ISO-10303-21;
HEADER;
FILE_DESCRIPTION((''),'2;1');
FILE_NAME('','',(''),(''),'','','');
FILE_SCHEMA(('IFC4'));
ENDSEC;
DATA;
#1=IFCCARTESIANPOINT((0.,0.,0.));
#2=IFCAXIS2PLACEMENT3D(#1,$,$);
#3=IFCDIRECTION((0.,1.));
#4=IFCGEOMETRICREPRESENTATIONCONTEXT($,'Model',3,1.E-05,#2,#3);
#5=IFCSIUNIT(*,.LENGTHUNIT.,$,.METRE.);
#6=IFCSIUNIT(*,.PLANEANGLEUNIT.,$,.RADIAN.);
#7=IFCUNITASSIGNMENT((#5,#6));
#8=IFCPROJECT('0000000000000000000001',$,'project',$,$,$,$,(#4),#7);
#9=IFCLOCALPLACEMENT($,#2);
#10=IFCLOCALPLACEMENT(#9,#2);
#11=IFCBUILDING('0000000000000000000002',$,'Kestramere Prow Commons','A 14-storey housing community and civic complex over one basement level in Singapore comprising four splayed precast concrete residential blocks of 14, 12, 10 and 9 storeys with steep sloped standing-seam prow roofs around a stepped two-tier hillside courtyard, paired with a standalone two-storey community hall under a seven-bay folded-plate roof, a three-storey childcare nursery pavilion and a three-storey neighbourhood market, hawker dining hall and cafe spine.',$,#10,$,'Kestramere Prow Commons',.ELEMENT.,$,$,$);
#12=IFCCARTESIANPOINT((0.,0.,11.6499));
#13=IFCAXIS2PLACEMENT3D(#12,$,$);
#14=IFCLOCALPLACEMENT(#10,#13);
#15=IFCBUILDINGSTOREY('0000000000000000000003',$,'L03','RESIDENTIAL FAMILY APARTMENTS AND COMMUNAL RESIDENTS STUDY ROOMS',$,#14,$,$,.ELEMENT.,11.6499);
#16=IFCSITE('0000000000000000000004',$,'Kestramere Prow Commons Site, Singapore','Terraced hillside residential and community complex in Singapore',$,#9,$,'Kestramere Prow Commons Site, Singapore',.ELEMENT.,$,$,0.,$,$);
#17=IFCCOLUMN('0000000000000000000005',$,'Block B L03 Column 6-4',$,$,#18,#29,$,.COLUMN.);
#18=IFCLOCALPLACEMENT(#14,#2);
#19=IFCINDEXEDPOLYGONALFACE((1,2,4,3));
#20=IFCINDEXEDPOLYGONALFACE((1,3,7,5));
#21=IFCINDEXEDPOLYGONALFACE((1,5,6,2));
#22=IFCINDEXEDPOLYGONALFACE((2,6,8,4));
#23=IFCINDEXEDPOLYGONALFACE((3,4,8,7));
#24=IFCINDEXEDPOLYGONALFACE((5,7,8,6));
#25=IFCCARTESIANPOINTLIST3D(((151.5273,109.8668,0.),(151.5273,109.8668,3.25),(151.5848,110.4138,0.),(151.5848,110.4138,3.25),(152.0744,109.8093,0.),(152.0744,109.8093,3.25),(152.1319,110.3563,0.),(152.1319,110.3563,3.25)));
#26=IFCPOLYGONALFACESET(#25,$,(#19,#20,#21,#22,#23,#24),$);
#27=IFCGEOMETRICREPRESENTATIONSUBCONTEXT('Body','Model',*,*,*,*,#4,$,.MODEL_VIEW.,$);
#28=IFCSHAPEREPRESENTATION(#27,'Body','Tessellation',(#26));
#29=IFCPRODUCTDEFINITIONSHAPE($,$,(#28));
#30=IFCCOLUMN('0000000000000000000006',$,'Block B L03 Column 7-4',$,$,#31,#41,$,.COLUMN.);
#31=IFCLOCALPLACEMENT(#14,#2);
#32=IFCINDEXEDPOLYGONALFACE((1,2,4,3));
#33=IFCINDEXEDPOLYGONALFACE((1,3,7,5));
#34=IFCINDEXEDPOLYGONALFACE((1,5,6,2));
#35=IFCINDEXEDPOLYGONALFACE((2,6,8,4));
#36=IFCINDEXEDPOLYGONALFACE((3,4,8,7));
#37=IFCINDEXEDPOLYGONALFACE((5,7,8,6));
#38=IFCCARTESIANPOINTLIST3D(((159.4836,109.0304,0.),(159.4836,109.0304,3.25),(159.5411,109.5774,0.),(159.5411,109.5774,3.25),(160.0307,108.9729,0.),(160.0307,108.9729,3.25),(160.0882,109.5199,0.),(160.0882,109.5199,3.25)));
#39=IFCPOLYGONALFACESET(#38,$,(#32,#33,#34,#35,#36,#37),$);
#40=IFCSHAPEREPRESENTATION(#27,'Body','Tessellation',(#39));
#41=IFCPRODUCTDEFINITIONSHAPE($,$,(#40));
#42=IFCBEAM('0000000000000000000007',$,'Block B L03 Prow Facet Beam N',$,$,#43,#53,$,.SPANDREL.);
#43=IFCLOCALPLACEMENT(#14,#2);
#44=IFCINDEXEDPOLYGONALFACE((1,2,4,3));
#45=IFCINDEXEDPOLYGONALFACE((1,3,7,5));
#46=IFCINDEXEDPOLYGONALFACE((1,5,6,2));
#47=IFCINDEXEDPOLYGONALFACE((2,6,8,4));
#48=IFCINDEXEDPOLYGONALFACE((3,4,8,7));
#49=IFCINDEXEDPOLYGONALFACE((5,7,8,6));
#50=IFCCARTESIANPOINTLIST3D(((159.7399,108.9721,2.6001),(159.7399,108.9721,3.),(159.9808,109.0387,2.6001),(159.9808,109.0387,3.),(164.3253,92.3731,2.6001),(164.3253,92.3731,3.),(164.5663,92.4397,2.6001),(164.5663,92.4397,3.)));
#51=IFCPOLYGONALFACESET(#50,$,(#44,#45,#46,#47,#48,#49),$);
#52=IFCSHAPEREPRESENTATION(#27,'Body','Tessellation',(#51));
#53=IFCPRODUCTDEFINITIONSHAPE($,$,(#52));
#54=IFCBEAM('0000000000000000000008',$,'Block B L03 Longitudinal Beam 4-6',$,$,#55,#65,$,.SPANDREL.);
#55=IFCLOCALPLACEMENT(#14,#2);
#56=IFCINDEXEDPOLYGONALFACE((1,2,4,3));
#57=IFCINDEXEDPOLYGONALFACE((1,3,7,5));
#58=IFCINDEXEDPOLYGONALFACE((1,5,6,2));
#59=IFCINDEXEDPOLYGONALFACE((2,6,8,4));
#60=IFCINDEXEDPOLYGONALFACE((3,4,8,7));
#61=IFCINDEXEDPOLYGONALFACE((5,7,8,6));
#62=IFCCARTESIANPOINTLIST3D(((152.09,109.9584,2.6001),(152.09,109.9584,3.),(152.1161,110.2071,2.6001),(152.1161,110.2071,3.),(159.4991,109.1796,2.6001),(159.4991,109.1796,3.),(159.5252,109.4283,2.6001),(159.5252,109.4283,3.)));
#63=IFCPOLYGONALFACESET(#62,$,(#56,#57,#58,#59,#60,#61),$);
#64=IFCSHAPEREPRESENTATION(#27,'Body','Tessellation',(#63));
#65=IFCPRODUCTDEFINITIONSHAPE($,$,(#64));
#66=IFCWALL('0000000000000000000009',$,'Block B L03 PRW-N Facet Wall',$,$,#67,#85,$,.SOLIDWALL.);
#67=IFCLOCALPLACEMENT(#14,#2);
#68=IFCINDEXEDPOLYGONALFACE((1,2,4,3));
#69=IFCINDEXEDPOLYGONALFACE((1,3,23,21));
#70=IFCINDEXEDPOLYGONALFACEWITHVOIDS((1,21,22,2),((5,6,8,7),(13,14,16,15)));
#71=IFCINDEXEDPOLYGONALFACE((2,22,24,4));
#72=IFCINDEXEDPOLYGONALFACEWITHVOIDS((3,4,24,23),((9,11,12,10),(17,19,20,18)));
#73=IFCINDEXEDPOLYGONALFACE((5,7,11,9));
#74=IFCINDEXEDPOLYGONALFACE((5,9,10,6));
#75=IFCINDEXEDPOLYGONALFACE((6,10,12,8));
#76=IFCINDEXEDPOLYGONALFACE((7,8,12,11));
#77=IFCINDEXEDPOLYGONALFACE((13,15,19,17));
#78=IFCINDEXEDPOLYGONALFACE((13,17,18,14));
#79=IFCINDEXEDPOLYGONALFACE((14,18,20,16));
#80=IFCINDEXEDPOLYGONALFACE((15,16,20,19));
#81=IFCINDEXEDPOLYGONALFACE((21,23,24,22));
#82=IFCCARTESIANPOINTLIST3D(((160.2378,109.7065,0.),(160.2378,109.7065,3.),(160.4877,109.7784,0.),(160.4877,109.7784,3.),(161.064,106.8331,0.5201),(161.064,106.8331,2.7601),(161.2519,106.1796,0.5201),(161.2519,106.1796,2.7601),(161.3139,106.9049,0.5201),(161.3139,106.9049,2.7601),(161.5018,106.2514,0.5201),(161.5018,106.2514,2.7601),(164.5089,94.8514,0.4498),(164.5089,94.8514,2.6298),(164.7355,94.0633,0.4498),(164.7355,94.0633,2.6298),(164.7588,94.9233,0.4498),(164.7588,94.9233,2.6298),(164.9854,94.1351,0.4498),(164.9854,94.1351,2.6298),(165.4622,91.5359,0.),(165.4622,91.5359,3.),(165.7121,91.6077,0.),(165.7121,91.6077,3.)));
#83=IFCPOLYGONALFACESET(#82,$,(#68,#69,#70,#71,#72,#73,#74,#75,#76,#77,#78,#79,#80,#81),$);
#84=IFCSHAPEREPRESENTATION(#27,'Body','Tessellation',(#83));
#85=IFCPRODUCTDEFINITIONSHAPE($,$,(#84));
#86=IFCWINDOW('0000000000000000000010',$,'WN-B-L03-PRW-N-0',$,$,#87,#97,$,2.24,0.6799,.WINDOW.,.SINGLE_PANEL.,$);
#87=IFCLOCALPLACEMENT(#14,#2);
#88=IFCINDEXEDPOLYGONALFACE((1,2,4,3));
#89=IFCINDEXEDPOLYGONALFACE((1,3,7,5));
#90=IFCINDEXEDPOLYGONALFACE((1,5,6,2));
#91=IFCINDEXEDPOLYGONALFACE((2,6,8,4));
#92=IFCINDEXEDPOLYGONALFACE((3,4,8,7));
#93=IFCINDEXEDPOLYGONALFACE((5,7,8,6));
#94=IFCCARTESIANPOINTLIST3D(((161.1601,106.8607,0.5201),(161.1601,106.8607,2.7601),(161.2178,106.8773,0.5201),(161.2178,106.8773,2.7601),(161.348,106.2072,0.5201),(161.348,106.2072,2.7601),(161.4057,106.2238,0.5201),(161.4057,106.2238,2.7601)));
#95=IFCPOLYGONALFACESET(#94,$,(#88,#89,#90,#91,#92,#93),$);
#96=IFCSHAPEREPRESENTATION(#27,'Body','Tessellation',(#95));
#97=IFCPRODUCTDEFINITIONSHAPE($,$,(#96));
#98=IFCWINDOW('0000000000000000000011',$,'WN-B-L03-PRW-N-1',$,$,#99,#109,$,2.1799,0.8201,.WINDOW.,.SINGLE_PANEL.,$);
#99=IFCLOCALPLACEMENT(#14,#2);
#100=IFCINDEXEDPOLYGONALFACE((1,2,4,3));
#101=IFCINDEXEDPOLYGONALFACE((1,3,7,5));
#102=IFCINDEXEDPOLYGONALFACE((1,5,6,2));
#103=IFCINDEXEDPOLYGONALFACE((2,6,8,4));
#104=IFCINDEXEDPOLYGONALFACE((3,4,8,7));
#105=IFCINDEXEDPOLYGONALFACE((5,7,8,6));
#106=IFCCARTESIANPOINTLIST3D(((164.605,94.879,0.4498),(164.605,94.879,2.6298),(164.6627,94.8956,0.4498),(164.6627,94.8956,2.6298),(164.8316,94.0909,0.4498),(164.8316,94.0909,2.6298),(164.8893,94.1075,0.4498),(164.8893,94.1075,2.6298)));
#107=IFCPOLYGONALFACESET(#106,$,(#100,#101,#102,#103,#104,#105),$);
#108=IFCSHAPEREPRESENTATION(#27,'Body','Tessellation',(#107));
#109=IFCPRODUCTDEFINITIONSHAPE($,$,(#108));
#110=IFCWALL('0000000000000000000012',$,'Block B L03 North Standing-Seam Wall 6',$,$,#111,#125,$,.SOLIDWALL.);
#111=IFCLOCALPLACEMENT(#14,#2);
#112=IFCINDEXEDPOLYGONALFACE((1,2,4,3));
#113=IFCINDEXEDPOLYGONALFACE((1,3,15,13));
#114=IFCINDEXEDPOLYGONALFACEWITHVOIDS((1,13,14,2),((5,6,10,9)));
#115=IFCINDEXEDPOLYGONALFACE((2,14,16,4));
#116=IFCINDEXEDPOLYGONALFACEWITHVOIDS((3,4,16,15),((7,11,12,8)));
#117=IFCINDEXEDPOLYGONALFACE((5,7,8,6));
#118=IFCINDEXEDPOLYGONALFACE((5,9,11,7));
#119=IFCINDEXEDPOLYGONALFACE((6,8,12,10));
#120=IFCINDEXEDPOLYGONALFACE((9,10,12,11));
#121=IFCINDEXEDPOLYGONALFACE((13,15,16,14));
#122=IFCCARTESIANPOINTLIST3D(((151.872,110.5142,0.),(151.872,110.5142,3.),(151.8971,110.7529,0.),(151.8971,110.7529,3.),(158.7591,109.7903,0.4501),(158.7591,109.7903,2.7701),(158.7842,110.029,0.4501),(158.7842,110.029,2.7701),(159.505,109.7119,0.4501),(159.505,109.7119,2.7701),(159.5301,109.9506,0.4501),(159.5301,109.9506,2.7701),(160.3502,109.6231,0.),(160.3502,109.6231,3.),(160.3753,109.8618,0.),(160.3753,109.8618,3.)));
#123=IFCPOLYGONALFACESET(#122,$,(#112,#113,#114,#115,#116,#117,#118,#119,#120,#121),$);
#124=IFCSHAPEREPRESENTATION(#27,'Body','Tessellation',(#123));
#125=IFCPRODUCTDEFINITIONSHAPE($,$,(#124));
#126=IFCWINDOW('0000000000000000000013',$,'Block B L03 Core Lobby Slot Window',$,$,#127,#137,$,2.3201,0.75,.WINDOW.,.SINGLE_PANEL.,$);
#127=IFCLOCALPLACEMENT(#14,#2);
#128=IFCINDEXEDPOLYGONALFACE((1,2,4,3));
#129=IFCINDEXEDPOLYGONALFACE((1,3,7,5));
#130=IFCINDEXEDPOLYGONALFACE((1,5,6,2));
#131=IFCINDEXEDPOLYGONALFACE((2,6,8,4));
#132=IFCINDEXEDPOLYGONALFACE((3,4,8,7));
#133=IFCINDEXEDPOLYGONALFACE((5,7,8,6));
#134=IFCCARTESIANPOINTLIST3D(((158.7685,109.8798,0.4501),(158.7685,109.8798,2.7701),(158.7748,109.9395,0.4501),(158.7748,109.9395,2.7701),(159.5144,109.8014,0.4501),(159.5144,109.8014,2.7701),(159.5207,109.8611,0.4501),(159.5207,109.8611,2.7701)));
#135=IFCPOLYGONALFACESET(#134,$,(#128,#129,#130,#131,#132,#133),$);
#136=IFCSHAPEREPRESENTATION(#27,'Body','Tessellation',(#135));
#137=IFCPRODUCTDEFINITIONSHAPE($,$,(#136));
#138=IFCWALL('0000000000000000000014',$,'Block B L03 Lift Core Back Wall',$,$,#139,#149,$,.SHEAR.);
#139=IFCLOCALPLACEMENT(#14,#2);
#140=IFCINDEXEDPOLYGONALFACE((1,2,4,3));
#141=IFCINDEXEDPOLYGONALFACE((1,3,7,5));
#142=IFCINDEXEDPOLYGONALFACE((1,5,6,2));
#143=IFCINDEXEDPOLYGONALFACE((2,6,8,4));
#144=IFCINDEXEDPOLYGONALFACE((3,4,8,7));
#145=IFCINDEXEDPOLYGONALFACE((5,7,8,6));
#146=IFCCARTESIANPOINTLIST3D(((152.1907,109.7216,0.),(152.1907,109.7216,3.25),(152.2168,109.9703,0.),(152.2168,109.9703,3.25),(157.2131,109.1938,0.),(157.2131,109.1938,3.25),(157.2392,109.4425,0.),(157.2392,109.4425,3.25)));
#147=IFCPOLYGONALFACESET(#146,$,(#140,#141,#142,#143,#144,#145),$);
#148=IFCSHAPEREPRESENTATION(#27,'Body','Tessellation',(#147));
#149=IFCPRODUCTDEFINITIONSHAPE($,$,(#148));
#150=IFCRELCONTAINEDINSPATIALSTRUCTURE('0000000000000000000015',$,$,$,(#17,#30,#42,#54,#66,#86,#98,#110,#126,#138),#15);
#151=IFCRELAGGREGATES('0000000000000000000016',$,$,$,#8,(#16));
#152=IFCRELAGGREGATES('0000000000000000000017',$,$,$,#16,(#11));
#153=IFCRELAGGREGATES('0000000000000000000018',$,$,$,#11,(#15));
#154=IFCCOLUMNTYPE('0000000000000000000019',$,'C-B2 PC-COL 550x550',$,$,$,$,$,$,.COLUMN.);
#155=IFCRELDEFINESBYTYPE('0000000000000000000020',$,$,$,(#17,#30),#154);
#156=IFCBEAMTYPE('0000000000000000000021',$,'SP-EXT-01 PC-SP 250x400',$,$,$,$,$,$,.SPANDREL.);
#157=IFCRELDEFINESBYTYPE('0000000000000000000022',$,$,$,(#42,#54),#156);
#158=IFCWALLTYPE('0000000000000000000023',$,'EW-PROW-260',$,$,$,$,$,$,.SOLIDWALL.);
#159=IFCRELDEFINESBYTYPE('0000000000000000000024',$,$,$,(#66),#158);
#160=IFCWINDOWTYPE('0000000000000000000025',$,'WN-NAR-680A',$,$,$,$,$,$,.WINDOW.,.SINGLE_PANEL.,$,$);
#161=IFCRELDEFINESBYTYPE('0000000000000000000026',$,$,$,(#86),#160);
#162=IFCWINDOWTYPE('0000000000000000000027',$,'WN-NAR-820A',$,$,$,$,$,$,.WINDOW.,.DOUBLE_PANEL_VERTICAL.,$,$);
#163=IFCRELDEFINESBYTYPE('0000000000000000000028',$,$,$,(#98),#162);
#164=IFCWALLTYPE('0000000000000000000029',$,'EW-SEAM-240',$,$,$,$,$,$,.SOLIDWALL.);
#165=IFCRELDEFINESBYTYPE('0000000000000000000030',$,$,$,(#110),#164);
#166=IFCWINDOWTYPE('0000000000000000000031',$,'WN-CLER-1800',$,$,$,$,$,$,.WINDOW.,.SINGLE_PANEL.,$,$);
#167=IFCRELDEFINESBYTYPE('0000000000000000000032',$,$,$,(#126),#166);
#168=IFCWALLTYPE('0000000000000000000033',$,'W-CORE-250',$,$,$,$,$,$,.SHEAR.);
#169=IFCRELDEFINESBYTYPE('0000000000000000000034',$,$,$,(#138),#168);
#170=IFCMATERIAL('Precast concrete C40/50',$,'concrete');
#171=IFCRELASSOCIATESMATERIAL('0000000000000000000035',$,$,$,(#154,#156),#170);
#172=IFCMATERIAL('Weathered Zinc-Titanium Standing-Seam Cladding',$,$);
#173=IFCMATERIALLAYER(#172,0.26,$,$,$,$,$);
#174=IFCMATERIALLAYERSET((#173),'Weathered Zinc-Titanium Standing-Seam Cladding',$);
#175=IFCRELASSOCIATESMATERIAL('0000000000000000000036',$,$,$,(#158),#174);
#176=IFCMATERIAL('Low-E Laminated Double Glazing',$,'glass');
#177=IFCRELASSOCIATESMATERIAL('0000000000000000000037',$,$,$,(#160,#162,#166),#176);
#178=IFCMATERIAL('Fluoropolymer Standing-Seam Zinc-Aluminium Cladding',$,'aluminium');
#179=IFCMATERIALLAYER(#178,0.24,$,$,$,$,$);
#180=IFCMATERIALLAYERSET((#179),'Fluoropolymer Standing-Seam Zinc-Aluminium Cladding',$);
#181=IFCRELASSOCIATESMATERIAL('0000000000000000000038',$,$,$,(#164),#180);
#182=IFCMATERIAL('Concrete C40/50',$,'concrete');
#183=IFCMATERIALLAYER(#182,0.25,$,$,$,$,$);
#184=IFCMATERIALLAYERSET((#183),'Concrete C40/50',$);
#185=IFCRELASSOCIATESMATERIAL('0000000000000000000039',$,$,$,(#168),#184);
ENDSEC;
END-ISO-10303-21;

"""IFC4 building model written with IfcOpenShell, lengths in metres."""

from ifc_helpers import new_model, si_unit, direction, frame, frame_2d, origin, origin_2d, place, context, subcontext, project, spatial, rectangle, extrude, material, layer, layer_set, material_profile, profile_set, type_object, element, fill, save


model = new_model("IFC4")

# Units and contexts
model_context = context("Model", 3, precision=1e-05, world=origin(), true_north=direction((0.0, 1.0)))
body_context = subcontext(model_context, "Body", "Model", "MODEL_VIEW")
ifc_project = project(units=[si_unit("LENGTHUNIT", "METRE"), si_unit("PLANEANGLEUNIT", "RADIAN")], contexts=[model_context])

# Site, building, storey
site_placement = place(None, origin())
site = spatial("IfcSite", under=ifc_project, at=site_placement, Name="Kestramere Prow Commons Site, Singapore", Description="Terraced hillside residential and community complex in Singapore", LongName="Kestramere Prow Commons Site, Singapore", CompositionType="ELEMENT", RefElevation=0.0)
building_placement = place(site_placement, origin())
building = spatial("IfcBuilding", under=site, at=building_placement, Name="Kestramere Prow Commons", Description="A 14-storey housing community and civic complex over one basement level in Singapore comprising four splayed precast concrete residential blocks of 14, 12, 10 and 9 storeys with steep sloped standing-seam prow roofs around a stepped two-tier hillside courtyard, paired with a standalone two-storey community hall under a seven-bay folded-plate roof, a three-storey childcare nursery pavilion and a three-storey neighbourhood market, hawker dining hall and cafe spine.", LongName="Kestramere Prow Commons", CompositionType="ELEMENT")
storey_placement = place(building_placement, frame((0.0, 0.0, 11.6499)))
storey = spatial("IfcBuildingStorey", under=building, at=storey_placement, Name="L03", Description="RESIDENTIAL FAMILY APARTMENTS AND COMMUNAL RESIDENTS STUDY ROOMS", CompositionType="ELEMENT", Elevation=11.6499)

# Columns
ifc_material_1 = material(Name="Precast concrete C40/50", Category="concrete")
ifc_material_profile_1 = material_profile(ifc_material_1, rectangle(XDim=0.55, YDim=0.55, at=origin_2d()), Name="PC-COL 550x550")
ifc_profile_set_1 = profile_set([ifc_material_profile_1], Name="Precast concrete C40/50")
column_type = type_object("IfcColumnType", Name="C-B2 PC-COL 550x550", PredefinedType="COLUMN", material=ifc_profile_set_1)
for number, where, z_axis, x_axis, name in (
    (1, (151.8296, 110.1116, 0.0), (0.0, 0.0, 1.0), (0.994522, -0.104528, 0.0), "Block B L03 Column 6-4"),
    (2, (159.7859, 109.2751, 0.0), (0.0, 0.0, 1.0), (0.994522, -0.104528, 0.0), "Block B L03 Column 7-4"),
):
    element("IfcColumn", number, at=place(storey_placement, frame(where, z_axis=z_axis, x_axis=x_axis)), inside=storey, type_object=column_type, Name=name, PredefinedType="COLUMN", context=body_context, shape_type="SweptSolid", body=[
        extrude(rectangle(XDim=0.55, YDim=0.55, at=origin_2d()), origin(), (0.0, 0.0, 1.0), 3.25),
    ])

# Beams
ifc_material_profile_2 = material_profile(ifc_material_1, rectangle(XDim=0.25, YDim=0.3999, at=origin_2d()), Name="PC-SP 250x400")
ifc_profile_set_2 = profile_set([ifc_material_profile_2], Name="Precast concrete C40/50")
beam_type = type_object("IfcBeamType", Name="SP-EXT-01 PC-SP 250x400", PredefinedType="SPANDREL", material=ifc_profile_set_2)
beam_1_placement = place(storey_placement, frame((159.8604, 109.0054, 2.8), z_axis=(0.266277, -0.963897, 0.0), x_axis=(0.963897, 0.266277, 0.0)))
element("IfcBeam", 3, at=beam_1_placement, inside=storey, type_object=beam_type, Name="Block B L03 Prow Facet Beam N", PredefinedType="SPANDREL", context=body_context, shape_type="SweptSolid", body=[
    extrude(rectangle(XDim=0.25, YDim=0.3999, at=origin_2d()), origin(), (0.0, 0.0, 1.0), 17.2207),
])
beam_2_placement = place(storey_placement, frame((152.103, 110.0828, 2.8), z_axis=(0.994521, -0.104538, 0.0), x_axis=(0.104538, 0.994521, 0.0)))
element("IfcBeam", 4, at=beam_2_placement, inside=storey, type_object=beam_type, Name="Block B L03 Longitudinal Beam 4-6", PredefinedType="SPANDREL", context=body_context, shape_type="SweptSolid", body=[
    extrude(rectangle(XDim=0.25, YDim=0.3999, at=origin_2d()), origin(), (0.0, 0.0, 1.0), 7.45),
])

# Wall, openings, windows
ifc_material_2 = material(Name="Weathered Zinc-Titanium Standing-Seam Cladding")
ifc_layer_1 = layer(ifc_material_2, 0.26)
ifc_layer_set_1 = layer_set([ifc_layer_1], Name="Weathered Zinc-Titanium Standing-Seam Cladding")
wall_type_1 = type_object("IfcWallType", Name="EW-PROW-260", PredefinedType="SOLIDWALL", material=ifc_layer_set_1)
wall_1_placement = place(storey_placement, frame((160.3628, 109.7424, 0.0), z_axis=(0.0, 0.0, 1.0), x_axis=(0.276322, -0.961065, 0.0)))
wall_1 = element("IfcWall", 5, at=wall_1_placement, inside=storey, type_object=wall_type_1, Name="Block B L03 PRW-N Facet Wall", PredefinedType="SOLIDWALL", context=body_context, shape_type="SweptSolid", body=[
    extrude(rectangle(XDim=18.9067, YDim=0.26, at=frame_2d((9.4534, 0.0))), origin(), (0.0, 0.0, 1.0), 3.0),
])
opening_1_placement = place(wall_1_placement, frame((2.99, 0.0, 0.52)))
opening_1 = element("IfcOpeningElement", 6, at=opening_1_placement, cuts=wall_1, PredefinedType="OPENING", context=body_context, shape_type="SweptSolid", body=[
    extrude(rectangle(XDim=0.6799, YDim=2.24, at=frame_2d((0.3398, 1.1201))), frame((0.0, 0.145, 0.0), z_axis=(0.0, -1.0, 0.0), x_axis=(1.0, 0.0, 0.0)), (0.0, 0.0, 1.0), 0.29),
])
opening_2_placement = place(wall_1_placement, frame((15.4568, 0.0, 0.45)))
opening_2 = element("IfcOpeningElement", 7, at=opening_2_placement, cuts=wall_1, PredefinedType="OPENING", context=body_context, shape_type="SweptSolid", body=[
    extrude(rectangle(XDim=0.8201, YDim=2.1799, at=frame_2d((0.4102, 1.0898))), frame((0.0, 0.145, 0.0), z_axis=(0.0, -1.0, 0.0), x_axis=(1.0, 0.0, 0.0)), (0.0, 0.0, 1.0), 0.29),
])
ifc_material_3 = material(Name="Low-E Laminated Double Glazing", Category="glass")
window_type_1 = type_object("IfcWindowType", Name="WN-NAR-680A", PartitioningType="SINGLE_PANEL", PredefinedType="WINDOW", material=ifc_material_3)
window_1_placement = place(opening_1_placement, origin())
window_1 = element("IfcWindow", 8, at=window_1_placement, inside=storey, type_object=window_type_1, Name="WN-B-L03-PRW-N-0", OverallHeight=2.24, OverallWidth=0.6799, PartitioningType="SINGLE_PANEL", PredefinedType="WINDOW", context=body_context, shape_type="SweptSolid", body=[
    extrude(rectangle(XDim=0.6799, YDim=2.24, at=frame_2d((0.3398, 1.1201))), frame((0.0, 0.03, 0.0), z_axis=(0.0, -1.0, 0.0), x_axis=(1.0, 0.0, 0.0)), (0.0, 0.0, 1.0), 0.0601),
])
fill(opening_1, window_1)
window_type_2 = type_object("IfcWindowType", Name="WN-NAR-820A", PartitioningType="DOUBLE_PANEL_VERTICAL", PredefinedType="WINDOW", material=ifc_material_3)
window_2_placement = place(opening_2_placement, origin())
window_2 = element("IfcWindow", 9, at=window_2_placement, inside=storey, type_object=window_type_2, Name="WN-B-L03-PRW-N-1", OverallHeight=2.1799, OverallWidth=0.8201, PartitioningType="SINGLE_PANEL", PredefinedType="WINDOW", context=body_context, shape_type="SweptSolid", body=[
    extrude(rectangle(XDim=0.8201, YDim=2.1799, at=frame_2d((0.4102, 1.0898))), frame((0.0, 0.03, 0.0), z_axis=(0.0, -1.0, 0.0), x_axis=(1.0, 0.0, 0.0)), (0.0, 0.0, 1.0), 0.0601),
])
fill(opening_2, window_2)

# Wall, opening, window
ifc_material_4 = material(Name="Fluoropolymer Standing-Seam Zinc-Aluminium Cladding", Category="aluminium")
ifc_layer_2 = layer(ifc_material_4, 0.24)
ifc_layer_set_2 = layer_set([ifc_layer_2], Name="Fluoropolymer Standing-Seam Zinc-Aluminium Cladding")
wall_type_2 = type_object("IfcWallType", Name="EW-SEAM-240", PredefinedType="SOLIDWALL", material=ifc_layer_set_2)
wall_2_placement = place(storey_placement, frame((151.8845, 110.6335, 0.0), z_axis=(0.0, 0.0, 1.0), x_axis=(0.994522, -0.10453, 0.0)))
wall_2 = element("IfcWall", 10, at=wall_2_placement, inside=storey, type_object=wall_type_2, Name="Block B L03 North Standing-Seam Wall 6", PredefinedType="SOLIDWALL", context=body_context, shape_type="SweptSolid", body=[
    extrude(rectangle(XDim=8.5249, YDim=0.24, at=frame_2d((4.2625, 0.0))), origin(), (0.0, 0.0, 1.0), 3.0),
])
opening_3_placement = place(wall_2_placement, frame((6.925, 0.0, 0.45)))
opening_3 = element("IfcOpeningElement", 11, at=opening_3_placement, cuts=wall_2, PredefinedType="OPENING", context=body_context, shape_type="SweptSolid", body=[
    extrude(rectangle(XDim=0.75, YDim=2.3201, at=frame_2d((0.375, 1.1602))), frame((0.0, 0.135, 0.0), z_axis=(0.0, -1.0, 0.0), x_axis=(1.0, 0.0, 0.0)), (0.0, 0.0, 1.0), 0.27),
])
window_type_3 = type_object("IfcWindowType", Name="WN-CLER-1800", PartitioningType="SINGLE_PANEL", PredefinedType="WINDOW", material=ifc_material_3)
window_3_placement = place(opening_3_placement, origin())
window_3 = element("IfcWindow", 12, at=window_3_placement, inside=storey, type_object=window_type_3, Name="Block B L03 Core Lobby Slot Window", OverallHeight=2.3201, OverallWidth=0.75, PartitioningType="SINGLE_PANEL", PredefinedType="WINDOW", context=body_context, shape_type="SweptSolid", body=[
    extrude(rectangle(XDim=0.75, YDim=2.3201, at=frame_2d((0.375, 1.1602))), frame((0.0, 0.03, 0.0), z_axis=(0.0, -1.0, 0.0), x_axis=(1.0, 0.0, 0.0)), (0.0, 0.0, 1.0), 0.0601),
])
fill(opening_3, window_3)

# Wall
ifc_material_5 = material(Name="Concrete C40/50", Category="concrete")
ifc_layer_3 = layer(ifc_material_5, 0.25)
ifc_layer_set_3 = layer_set([ifc_layer_3], Name="Concrete C40/50")
wall_type_3 = type_object("IfcWallType", Name="W-CORE-250", PredefinedType="SHEAR", material=ifc_layer_set_3)
wall_3_placement = place(storey_placement, frame((152.2039, 109.8459, 0.0), z_axis=(0.0, 0.0, 1.0), x_axis=(0.994523, -0.104519, 0.0)))
element("IfcWall", 13, at=wall_3_placement, inside=storey, type_object=wall_type_3, Name="Block B L03 Lift Core Back Wall", PredefinedType="SHEAR", context=body_context, shape_type="SweptSolid", body=[
    extrude(rectangle(XDim=5.05, YDim=0.25, at=frame_2d((2.5249, 0.0))), origin(), (0.0, 0.0, 1.0), 3.25),
])

save(model, "model.ifc")
